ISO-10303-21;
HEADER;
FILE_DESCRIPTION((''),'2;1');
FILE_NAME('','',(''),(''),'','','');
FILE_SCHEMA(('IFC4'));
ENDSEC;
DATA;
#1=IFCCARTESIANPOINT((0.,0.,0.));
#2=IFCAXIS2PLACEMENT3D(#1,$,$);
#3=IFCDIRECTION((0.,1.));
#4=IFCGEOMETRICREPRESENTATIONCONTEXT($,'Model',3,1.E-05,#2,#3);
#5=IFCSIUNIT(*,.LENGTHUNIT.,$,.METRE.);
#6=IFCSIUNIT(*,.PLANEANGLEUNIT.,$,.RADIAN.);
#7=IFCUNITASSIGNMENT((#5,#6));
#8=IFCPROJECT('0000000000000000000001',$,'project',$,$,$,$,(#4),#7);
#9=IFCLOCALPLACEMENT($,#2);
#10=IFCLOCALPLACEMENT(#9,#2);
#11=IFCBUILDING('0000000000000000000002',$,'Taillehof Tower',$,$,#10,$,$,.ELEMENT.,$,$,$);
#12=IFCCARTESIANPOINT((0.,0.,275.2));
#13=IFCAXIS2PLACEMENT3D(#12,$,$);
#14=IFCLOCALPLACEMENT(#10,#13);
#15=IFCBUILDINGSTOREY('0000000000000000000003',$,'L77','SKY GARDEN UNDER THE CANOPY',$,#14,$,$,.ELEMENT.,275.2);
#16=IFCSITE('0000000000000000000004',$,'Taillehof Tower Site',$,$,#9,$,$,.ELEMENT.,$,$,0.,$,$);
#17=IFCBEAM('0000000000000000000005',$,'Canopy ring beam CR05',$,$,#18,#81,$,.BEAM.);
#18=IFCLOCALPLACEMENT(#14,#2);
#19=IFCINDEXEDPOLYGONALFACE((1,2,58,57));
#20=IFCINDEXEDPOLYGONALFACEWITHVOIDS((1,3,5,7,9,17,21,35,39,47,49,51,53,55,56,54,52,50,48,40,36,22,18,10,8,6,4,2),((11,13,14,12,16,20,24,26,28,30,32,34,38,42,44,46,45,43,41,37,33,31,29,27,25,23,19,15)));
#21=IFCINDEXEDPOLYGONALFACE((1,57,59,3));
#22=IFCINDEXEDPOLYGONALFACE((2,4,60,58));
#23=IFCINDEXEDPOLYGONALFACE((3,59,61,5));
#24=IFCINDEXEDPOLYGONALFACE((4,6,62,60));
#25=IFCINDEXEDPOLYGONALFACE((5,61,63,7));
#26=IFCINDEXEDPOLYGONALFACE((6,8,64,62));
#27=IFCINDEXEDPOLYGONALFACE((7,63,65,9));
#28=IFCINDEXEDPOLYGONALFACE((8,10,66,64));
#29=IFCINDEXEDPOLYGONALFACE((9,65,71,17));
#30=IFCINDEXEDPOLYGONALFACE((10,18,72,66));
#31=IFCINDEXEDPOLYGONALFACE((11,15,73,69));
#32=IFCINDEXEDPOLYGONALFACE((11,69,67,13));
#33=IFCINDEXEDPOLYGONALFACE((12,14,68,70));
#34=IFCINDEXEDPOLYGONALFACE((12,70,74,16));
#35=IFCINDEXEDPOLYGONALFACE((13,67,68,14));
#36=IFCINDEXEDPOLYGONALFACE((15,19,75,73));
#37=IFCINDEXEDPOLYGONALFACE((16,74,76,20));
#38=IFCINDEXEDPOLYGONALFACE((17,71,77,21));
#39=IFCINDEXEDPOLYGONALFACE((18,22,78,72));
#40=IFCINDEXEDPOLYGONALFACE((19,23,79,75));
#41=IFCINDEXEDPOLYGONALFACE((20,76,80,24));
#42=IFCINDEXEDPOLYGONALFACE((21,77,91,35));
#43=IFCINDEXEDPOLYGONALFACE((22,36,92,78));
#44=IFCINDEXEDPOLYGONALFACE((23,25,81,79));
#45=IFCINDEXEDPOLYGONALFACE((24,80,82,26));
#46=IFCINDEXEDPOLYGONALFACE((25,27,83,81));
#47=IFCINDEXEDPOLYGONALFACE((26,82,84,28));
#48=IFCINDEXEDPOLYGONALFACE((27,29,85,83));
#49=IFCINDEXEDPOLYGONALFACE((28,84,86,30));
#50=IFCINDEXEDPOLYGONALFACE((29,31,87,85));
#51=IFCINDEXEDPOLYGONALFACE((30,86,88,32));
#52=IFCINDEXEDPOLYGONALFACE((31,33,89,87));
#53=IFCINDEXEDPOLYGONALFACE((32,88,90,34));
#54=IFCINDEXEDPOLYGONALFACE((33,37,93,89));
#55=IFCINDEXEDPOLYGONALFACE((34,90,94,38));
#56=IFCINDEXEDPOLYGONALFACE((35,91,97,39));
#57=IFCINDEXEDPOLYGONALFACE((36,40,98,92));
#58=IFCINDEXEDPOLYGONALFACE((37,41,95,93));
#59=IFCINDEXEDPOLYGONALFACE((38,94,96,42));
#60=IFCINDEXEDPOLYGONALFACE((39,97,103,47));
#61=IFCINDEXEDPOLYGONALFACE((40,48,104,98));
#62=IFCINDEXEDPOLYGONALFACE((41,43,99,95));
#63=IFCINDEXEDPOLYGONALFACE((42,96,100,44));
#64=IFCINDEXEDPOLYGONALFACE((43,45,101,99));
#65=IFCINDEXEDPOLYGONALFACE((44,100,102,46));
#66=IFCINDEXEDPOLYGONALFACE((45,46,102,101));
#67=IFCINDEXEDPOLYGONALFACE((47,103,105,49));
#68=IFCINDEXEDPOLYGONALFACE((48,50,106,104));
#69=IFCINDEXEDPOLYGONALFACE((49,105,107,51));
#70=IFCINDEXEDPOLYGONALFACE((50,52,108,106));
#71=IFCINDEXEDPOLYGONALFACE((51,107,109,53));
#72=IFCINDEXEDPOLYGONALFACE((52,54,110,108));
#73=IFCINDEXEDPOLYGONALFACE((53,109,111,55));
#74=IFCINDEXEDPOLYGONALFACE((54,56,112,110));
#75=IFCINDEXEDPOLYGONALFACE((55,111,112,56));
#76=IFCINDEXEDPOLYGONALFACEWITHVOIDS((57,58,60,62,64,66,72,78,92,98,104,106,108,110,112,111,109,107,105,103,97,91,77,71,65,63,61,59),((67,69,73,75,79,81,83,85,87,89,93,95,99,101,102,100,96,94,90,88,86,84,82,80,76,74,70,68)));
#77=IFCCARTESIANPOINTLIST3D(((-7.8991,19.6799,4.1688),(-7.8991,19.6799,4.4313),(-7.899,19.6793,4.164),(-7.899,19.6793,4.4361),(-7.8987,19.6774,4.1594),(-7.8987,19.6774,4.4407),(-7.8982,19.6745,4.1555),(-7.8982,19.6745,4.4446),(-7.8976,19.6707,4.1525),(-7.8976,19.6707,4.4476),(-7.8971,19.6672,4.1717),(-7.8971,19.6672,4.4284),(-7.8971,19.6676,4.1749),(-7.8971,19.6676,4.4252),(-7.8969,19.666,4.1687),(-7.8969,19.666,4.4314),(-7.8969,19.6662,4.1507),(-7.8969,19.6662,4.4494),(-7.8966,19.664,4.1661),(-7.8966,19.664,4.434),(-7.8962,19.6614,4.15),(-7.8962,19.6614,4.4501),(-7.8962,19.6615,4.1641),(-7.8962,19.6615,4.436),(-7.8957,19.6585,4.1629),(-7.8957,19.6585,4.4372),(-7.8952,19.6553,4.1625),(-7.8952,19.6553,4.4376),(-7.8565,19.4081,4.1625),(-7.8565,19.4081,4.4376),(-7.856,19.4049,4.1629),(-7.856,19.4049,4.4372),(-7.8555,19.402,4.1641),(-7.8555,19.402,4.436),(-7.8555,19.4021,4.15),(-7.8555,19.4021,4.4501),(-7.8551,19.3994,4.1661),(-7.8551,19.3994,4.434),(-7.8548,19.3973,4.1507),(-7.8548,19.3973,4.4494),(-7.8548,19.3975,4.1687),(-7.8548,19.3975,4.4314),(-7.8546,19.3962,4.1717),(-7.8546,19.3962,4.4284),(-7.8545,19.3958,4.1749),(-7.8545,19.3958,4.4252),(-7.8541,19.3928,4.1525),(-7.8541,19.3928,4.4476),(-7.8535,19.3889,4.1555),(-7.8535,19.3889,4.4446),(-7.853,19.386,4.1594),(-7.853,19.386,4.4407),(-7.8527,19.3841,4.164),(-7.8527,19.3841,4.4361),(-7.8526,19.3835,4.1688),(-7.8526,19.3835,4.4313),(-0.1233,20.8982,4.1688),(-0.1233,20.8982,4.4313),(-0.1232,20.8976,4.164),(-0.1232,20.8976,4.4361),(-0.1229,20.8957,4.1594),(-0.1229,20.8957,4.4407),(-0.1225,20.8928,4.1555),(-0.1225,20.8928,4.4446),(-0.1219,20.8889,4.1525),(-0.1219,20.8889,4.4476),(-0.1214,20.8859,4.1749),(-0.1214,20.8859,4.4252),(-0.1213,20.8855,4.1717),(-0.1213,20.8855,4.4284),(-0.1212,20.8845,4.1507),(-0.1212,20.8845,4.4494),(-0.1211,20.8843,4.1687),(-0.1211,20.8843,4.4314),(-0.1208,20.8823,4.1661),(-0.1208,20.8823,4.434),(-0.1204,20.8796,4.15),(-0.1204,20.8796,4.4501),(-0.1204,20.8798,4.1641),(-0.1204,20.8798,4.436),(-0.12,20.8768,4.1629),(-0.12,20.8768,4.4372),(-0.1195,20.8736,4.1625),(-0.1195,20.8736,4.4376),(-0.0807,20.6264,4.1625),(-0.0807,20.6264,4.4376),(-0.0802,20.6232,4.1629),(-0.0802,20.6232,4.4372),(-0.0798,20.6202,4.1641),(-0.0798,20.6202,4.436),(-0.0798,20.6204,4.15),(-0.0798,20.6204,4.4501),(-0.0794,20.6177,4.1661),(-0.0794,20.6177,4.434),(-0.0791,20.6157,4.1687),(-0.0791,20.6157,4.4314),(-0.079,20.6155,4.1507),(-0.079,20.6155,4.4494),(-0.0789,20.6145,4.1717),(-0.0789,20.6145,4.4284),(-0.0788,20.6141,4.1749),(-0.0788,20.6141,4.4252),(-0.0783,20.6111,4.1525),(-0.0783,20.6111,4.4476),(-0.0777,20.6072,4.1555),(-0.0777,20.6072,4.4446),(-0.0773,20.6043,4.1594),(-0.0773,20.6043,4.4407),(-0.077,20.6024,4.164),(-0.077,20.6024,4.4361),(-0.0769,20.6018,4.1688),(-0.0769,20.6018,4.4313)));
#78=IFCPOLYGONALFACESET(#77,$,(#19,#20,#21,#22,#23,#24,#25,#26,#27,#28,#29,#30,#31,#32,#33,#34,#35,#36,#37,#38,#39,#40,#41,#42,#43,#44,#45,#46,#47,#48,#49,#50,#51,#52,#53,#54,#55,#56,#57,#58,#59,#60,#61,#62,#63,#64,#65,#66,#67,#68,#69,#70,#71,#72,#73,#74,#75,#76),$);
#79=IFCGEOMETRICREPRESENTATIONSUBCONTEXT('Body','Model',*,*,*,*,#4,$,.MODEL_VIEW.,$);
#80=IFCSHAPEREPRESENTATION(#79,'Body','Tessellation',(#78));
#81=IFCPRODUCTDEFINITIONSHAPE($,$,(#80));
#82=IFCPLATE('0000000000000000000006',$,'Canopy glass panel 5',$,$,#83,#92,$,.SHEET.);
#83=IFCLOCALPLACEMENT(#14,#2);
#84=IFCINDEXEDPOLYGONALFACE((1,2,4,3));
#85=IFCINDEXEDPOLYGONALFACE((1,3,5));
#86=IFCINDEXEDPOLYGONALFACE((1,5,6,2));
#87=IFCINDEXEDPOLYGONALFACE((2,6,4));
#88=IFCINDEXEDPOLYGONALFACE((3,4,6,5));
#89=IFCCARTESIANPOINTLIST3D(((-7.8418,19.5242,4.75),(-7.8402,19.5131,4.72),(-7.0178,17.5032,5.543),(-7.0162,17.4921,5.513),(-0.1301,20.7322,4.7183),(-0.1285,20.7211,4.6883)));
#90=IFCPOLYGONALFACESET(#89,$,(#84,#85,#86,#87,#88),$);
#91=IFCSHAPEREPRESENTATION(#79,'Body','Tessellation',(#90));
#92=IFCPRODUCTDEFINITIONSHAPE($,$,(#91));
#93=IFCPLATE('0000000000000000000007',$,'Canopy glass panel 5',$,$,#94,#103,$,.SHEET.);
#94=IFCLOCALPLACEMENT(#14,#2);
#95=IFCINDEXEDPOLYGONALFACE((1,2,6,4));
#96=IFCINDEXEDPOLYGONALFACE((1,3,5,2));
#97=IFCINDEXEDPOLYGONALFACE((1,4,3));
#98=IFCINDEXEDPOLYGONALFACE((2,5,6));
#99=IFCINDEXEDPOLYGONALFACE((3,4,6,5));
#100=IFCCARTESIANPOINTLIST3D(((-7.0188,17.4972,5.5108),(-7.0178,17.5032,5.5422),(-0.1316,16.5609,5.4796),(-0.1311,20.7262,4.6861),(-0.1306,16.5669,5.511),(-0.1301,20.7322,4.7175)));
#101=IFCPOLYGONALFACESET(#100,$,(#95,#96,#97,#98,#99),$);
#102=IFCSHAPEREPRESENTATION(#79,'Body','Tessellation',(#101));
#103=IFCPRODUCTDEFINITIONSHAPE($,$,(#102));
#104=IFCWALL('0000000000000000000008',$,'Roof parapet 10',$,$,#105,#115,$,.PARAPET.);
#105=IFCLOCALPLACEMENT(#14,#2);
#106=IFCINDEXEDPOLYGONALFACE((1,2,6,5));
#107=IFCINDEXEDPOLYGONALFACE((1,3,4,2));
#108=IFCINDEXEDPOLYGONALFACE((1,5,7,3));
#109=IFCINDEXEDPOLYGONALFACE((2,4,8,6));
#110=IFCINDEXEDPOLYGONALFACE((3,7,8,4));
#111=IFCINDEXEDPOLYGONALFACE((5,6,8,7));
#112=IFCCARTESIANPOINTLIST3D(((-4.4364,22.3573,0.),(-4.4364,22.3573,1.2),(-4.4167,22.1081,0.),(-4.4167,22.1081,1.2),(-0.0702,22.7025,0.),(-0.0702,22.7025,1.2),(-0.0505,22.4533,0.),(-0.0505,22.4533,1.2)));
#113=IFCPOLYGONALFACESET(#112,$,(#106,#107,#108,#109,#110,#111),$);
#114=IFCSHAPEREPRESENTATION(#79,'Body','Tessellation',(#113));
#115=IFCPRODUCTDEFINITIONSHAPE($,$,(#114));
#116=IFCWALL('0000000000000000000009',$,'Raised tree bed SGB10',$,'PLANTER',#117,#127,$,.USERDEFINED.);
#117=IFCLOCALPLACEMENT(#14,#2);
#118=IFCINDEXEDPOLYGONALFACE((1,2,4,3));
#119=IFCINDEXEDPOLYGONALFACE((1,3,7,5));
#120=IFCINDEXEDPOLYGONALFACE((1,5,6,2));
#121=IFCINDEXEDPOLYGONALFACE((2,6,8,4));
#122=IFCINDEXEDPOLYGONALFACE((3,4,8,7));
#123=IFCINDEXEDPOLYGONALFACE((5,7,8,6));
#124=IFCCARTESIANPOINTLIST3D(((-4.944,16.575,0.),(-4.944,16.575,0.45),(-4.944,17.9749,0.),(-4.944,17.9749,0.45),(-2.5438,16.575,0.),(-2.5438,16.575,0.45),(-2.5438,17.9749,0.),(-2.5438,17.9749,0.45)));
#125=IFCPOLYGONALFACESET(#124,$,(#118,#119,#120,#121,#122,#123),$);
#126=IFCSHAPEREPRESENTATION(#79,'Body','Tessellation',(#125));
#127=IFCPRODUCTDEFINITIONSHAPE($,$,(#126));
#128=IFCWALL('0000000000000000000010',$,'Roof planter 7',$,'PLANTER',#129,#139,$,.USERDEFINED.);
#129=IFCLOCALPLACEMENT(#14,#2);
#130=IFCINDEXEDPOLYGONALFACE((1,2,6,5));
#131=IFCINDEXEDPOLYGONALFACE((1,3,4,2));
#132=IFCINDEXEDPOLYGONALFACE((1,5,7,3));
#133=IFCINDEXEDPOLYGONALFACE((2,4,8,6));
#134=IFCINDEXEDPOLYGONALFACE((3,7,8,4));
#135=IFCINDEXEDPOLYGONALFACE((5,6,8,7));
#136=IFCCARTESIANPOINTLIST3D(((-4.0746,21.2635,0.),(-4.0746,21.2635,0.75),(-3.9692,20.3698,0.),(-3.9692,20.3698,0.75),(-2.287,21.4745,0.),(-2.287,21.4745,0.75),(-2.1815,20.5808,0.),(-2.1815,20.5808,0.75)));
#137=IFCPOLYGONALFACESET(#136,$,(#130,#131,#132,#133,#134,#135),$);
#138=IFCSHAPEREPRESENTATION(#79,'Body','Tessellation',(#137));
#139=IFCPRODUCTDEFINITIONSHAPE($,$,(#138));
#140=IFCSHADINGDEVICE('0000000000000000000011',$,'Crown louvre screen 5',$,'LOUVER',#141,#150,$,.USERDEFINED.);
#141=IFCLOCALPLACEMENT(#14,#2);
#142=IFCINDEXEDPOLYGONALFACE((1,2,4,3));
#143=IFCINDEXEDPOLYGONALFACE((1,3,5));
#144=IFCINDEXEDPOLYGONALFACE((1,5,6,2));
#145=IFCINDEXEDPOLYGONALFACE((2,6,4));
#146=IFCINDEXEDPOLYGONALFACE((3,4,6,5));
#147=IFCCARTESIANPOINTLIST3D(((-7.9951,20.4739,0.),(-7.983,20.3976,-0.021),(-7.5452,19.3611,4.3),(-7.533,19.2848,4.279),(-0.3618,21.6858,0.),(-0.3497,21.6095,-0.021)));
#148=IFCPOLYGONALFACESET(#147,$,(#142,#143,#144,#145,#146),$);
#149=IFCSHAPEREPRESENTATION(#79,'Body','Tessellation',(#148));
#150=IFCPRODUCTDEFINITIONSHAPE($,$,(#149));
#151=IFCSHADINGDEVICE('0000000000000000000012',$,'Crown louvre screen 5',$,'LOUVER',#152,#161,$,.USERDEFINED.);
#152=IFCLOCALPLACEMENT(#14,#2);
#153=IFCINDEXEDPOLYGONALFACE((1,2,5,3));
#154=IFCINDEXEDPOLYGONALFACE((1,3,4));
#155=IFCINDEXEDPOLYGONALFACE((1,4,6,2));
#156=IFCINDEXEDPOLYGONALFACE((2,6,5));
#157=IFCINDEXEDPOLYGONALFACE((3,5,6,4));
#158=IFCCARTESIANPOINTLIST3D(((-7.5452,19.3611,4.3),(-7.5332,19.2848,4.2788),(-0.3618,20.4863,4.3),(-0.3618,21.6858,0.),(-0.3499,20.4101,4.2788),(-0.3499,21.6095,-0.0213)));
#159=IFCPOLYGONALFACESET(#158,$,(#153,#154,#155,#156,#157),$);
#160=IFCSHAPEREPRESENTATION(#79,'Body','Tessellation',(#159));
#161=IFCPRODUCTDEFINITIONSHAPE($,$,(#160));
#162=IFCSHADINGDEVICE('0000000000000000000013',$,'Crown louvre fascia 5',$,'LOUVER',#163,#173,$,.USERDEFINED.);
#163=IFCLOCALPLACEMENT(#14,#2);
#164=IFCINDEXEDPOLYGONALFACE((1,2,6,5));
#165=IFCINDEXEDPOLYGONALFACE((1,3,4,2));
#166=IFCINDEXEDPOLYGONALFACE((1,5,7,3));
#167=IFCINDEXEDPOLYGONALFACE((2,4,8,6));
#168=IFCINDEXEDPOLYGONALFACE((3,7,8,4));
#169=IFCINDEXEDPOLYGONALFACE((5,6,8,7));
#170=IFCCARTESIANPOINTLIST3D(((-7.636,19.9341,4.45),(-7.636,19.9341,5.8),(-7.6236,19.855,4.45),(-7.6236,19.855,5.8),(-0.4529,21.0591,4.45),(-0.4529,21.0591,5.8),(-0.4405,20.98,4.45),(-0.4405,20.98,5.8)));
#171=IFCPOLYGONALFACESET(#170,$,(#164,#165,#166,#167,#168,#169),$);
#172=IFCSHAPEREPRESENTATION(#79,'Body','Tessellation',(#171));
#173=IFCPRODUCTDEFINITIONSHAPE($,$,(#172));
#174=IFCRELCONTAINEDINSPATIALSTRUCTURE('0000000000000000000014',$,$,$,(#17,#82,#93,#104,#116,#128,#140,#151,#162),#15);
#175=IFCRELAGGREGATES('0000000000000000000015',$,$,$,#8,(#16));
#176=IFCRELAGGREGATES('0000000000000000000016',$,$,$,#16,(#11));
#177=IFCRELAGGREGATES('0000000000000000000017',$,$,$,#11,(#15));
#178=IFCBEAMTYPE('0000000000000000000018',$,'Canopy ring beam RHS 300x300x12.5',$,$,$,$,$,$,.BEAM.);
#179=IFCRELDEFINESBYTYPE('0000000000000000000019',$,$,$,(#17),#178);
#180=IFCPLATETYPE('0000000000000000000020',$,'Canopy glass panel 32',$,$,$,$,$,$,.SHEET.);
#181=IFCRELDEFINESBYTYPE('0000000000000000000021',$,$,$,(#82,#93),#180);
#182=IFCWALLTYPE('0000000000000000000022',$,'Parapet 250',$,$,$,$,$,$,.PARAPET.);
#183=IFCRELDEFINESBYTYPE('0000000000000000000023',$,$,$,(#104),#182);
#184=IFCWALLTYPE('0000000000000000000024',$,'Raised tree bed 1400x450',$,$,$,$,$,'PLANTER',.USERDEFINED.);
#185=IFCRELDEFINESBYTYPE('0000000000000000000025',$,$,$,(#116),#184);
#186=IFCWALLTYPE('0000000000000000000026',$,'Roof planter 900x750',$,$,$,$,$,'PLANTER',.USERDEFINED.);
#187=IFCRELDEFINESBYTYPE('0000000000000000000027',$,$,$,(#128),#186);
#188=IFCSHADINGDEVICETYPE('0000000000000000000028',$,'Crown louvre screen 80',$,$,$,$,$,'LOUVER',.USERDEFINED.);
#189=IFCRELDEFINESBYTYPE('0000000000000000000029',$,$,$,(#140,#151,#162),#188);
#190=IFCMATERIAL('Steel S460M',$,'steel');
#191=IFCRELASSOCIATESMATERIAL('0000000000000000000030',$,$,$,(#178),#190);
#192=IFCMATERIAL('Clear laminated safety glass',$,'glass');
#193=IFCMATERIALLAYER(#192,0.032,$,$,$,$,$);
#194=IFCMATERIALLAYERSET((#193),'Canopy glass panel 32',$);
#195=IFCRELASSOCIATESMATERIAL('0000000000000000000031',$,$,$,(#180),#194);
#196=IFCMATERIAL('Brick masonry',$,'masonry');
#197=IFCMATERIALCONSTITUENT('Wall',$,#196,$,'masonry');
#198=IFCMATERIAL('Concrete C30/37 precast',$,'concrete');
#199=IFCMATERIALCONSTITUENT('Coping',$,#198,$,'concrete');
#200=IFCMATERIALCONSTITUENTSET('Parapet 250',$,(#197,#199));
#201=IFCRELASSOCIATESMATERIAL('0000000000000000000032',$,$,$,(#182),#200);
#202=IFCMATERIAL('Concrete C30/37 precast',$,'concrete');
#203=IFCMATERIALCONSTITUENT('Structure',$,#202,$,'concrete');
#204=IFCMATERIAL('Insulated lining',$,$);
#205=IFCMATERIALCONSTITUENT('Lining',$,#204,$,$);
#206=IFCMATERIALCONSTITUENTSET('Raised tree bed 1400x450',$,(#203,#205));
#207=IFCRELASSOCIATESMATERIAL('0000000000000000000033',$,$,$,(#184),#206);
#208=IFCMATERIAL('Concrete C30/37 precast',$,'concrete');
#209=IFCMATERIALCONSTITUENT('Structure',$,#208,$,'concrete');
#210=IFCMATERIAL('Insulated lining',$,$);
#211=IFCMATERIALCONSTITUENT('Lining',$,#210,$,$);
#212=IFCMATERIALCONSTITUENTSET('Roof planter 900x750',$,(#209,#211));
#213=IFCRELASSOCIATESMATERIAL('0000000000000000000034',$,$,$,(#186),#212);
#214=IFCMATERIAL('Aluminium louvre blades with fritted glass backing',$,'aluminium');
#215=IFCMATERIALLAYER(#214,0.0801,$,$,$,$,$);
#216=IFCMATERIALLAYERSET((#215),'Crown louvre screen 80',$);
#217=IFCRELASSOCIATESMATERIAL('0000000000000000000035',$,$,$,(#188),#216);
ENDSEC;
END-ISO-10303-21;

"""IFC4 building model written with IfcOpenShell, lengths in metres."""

from ifc_helpers import new_model, si_unit, direction, frame, frame_2d, origin, origin_2d, place, context, subcontext, project, spatial, polyline, rectangle, hollow_rectangle, outline, extrude, material, layer, layer_set, constituent, constituent_set, material_profile, profile_set, type_object, element, save


model = new_model("IFC4")

# Units and contexts
model_context = context("Model", 3, precision=1e-05, world=origin(), true_north=direction((0.0, 1.0)))
body_context = subcontext(model_context, "Body", "Model", "MODEL_VIEW")
ifc_project = project(units=[si_unit("LENGTHUNIT", "METRE"), si_unit("PLANEANGLEUNIT", "RADIAN")], contexts=[model_context])

# Site, building, storey
site_placement = place(None, origin())
site = spatial("IfcSite", under=ifc_project, at=site_placement, Name="Taillehof Tower Site", CompositionType="ELEMENT", RefElevation=0.0)
building_placement = place(site_placement, origin())
building = spatial("IfcBuilding", under=site, at=building_placement, Name="Taillehof Tower", CompositionType="ELEMENT")
storey_placement = place(building_placement, frame((0.0, 0.0, 275.2)))
storey = spatial("IfcBuildingStorey", under=building, at=storey_placement, Name="L77", Description="SKY GARDEN UNDER THE CANOPY", CompositionType="ELEMENT", Elevation=275.2)

# Beam
ifc_material_1 = material(Name="Steel S460M", Category="steel")
ifc_material_profile_1 = material_profile(ifc_material_1, hollow_rectangle(XDim=0.3, YDim=0.3, WallThickness=0.0125, InnerFilletRadius=0.0125, OuterFilletRadius=0.0188, at=origin_2d()), Name="RHS 300x300x12.5")
ifc_profile_set_1 = profile_set([ifc_material_profile_1], Name="Steel S460M")
beam_type_1 = type_object("IfcBeamType", Name="Canopy ring beam RHS 300x300x12.5", PredefinedType="BEAM", material=ifc_profile_set_1)
beam_1_placement = place(storey_placement, frame((-0.1001, 20.75, 4.3), z_axis=(-0.987948, -0.154788, 0.0), x_axis=(0.154788, -0.987948, 0.0)))
element("IfcBeam", 1, at=beam_1_placement, inside=storey, type_object=beam_type_1, Name="Canopy ring beam CR05", PredefinedType="BEAM", context=body_context, shape_type="SweptSolid", body=[
    extrude(hollow_rectangle(XDim=0.3, YDim=0.3, WallThickness=0.0125, InnerFilletRadius=0.0125, OuterFilletRadius=0.0188, at=origin_2d()), origin(), (0.0, 0.0, 1.0), 7.8706),
])

# Plates
ifc_material_2 = material(Name="Clear laminated safety glass", Category="glass")
ifc_layer_1 = layer(ifc_material_2, 0.032)
ifc_layer_set_1 = layer_set([ifc_layer_1], Name="Canopy glass panel 32")
plate_type = type_object("IfcPlateType", Name="Canopy glass panel 32", PredefinedType="SHEET", material=ifc_layer_set_1)
plate_1_placement = place(storey_placement, frame((-0.1301, 20.7322, 4.7183), z_axis=(-0.050484, 0.346886, 0.936548), x_axis=(-0.987944, -0.154758, 0.004066)))
element("IfcPlate", 2, at=plate_1_placement, inside=storey, type_object=plate_type, Name="Canopy glass panel 5", PredefinedType="SHEET", context=body_context, shape_type="SweptSolid", body=[
    extrude(outline(polyline([(0.0, 0.0), (7.8058, 0.0), (7.3077, 2.2681), (0.0, 0.0)])), origin(), (0.0, 0.0, -1.0), 0.032),
])
plate_2_placement = place(storey_placement, frame((-0.1301, 20.7322, 4.7175), z_axis=(0.029882, 0.187041, 0.981897), x_axis=(-0.900164, -0.422004, 0.107782)))
element("IfcPlate", 3, at=plate_2_placement, inside=storey, type_object=plate_type, Name="Canopy glass panel 5", PredefinedType="SHEET", context=body_context, shape_type="SweptSolid", body=[
    extrude(outline(polyline([(0.0, 0.0), (7.6516, 0.0), (1.8437, 3.8184), (0.0, 0.0)])), origin(), (0.0, 0.0, -1.0), 0.032),
])

# Walls
ifc_material_3 = material(Name="Brick masonry", Category="masonry")
ifc_constituent_1 = constituent(ifc_material_3, Name="Wall", Category="masonry")
ifc_material_4 = material(Name="Concrete C30/37 precast", Category="concrete")
ifc_constituent_2 = constituent(ifc_material_4, Name="Coping", Category="concrete")
ifc_constituent_set_1 = constituent_set(constituents=[ifc_constituent_1, ifc_constituent_2], Name="Parapet 250")
wall_type_1 = type_object("IfcWallType", Name="Parapet 250", PredefinedType="PARAPET", material=ifc_constituent_set_1)
wall_1_placement = place(storey_placement, frame((-0.0603, 22.5779, 0.0), z_axis=(0.0, 0.0, 1.0), x_axis=(-0.996889, -0.078819, 0.0)))
element("IfcWall", 4, at=wall_1_placement, inside=storey, type_object=wall_type_1, Name="Roof parapet 10", PredefinedType="PARAPET", context=body_context, shape_type="SweptSolid", body=[
    extrude(rectangle(XDim=4.3799, YDim=0.25, at=frame_2d((2.1899, 0.0))), origin(), (0.0, 0.0, 1.0), 1.2),
])
ifc_material_5 = material(Name="Concrete C30/37 precast", Category="concrete")
ifc_constituent_3 = constituent(ifc_material_5, Name="Structure", Category="concrete")
ifc_material_6 = material(Name="Insulated lining")
ifc_constituent_4 = constituent(ifc_material_6, Name="Lining")
ifc_constituent_set_2 = constituent_set(constituents=[ifc_constituent_3, ifc_constituent_4], Name="Raised tree bed 1400x450")
wall_type_2 = type_object("IfcWallType", Name="Raised tree bed 1400x450", ElementType="PLANTER", PredefinedType="USERDEFINED", material=ifc_constituent_set_2)
wall_2_placement = place(storey_placement, frame((-2.5437, 17.2749, 0.0), z_axis=(0.0, 0.0, 1.0), x_axis=(-1.0, 0.0, 0.0)))
element("IfcWall", 5, at=wall_2_placement, inside=storey, type_object=wall_type_2, Name="Raised tree bed SGB10", ObjectType="PLANTER", PredefinedType="USERDEFINED", context=body_context, shape_type="SweptSolid", body=[
    extrude(rectangle(XDim=2.4001, YDim=1.3999, at=frame_2d((1.2002, 0.0))), origin(), (0.0, 0.0, 1.0), 0.45),
])
ifc_material_7 = material(Name="Concrete C30/37 precast", Category="concrete")
ifc_constituent_5 = constituent(ifc_material_7, Name="Structure", Category="concrete")
ifc_material_8 = material(Name="Insulated lining")
ifc_constituent_6 = constituent(ifc_material_8, Name="Lining")
ifc_constituent_set_3 = constituent_set(constituents=[ifc_constituent_5, ifc_constituent_6], Name="Roof planter 900x750")
wall_type_3 = type_object("IfcWallType", Name="Roof planter 900x750", ElementType="PLANTER", PredefinedType="USERDEFINED", material=ifc_constituent_set_3)
wall_3_placement = place(storey_placement, frame((-2.2344, 21.0276, 0.0), z_axis=(0.0, 0.0, 1.0), x_axis=(-0.99311, -0.117187, 0.0)))
element("IfcWall", 6, at=wall_3_placement, inside=storey, type_object=wall_type_3, Name="Roof planter 7", ObjectType="PLANTER", PredefinedType="USERDEFINED", context=body_context, shape_type="SweptSolid", body=[
    extrude(rectangle(XDim=1.8, YDim=0.8999, at=frame_2d((0.8999, 0.0))), origin(), (0.0, 0.0, 1.0), 0.75),
])

# Shading devices
ifc_material_9 = material(Name="Aluminium louvre blades with fritted glass backing", Category="aluminium")
ifc_layer_2 = layer(ifc_material_9, 0.0801)
ifc_layer_set_2 = layer_set([ifc_layer_2], Name="Crown louvre screen 80")
shading_device_type = type_object("IfcShadingDeviceType", Name="Crown louvre screen 80", ElementType="LOUVER", PredefinedType="USERDEFINED", material=ifc_layer_set_2)
shading_device_1_placement = place(storey_placement, frame((-0.3618, 21.6858, 0.0), z_axis=(-0.151306, 0.953007, 0.262457), x_axis=(-0.98763, -0.156803, 0.0)))
element("IfcShadingDevice", 7, at=shading_device_1_placement, inside=storey, type_object=shading_device_type, Name="Crown louvre screen 5", ObjectType="LOUVER", PredefinedType="USERDEFINED", context=body_context, shape_type="SweptSolid", body=[
    extrude(outline(polyline([(0.0, 0.0), (7.7289, 0.0), (7.459, 4.4563), (0.0, 0.0)])), origin(), (0.0, 0.0, -1.0), 0.0801),
])
shading_device_2_placement = place(storey_placement, frame((-0.3618, 21.6858, 0.0), z_axis=(-0.149197, 0.952447, 0.265677), x_axis=(-0.826737, -0.267552, 0.494896)))
element("IfcShadingDevice", 8, at=shading_device_2_placement, inside=storey, type_object=shading_device_type, Name="Crown louvre screen 5", ObjectType="LOUVER", PredefinedType="USERDEFINED", context=body_context, shape_type="SweptSolid", body=[
    extrude(outline(polyline([(0.0, 0.0), (8.6888, 0.0), (2.449, 3.7325), (0.0, 0.0)])), origin(), (0.0, 0.0, -1.0), 0.0801),
])
shading_device_3_placement = place(storey_placement, frame((-0.4529, 21.0591, 4.45), z_axis=(-0.154731, 0.987957, 0.0), x_axis=(-0.987957, -0.154731, 0.0)))
element("IfcShadingDevice", 9, at=shading_device_3_placement, inside=storey, type_object=shading_device_type, Name="Crown louvre fascia 5", ObjectType="LOUVER", PredefinedType="USERDEFINED", context=body_context, shape_type="SweptSolid", body=[
    extrude(outline(polyline([(0.0, 0.0), (7.2707, 0.0), (7.2707, 1.3501), (0.0, 1.3501), (0.0, 0.0)])), origin(), (0.0, 0.0, -1.0), 0.0801),
])

save(model, "model.ifc")
